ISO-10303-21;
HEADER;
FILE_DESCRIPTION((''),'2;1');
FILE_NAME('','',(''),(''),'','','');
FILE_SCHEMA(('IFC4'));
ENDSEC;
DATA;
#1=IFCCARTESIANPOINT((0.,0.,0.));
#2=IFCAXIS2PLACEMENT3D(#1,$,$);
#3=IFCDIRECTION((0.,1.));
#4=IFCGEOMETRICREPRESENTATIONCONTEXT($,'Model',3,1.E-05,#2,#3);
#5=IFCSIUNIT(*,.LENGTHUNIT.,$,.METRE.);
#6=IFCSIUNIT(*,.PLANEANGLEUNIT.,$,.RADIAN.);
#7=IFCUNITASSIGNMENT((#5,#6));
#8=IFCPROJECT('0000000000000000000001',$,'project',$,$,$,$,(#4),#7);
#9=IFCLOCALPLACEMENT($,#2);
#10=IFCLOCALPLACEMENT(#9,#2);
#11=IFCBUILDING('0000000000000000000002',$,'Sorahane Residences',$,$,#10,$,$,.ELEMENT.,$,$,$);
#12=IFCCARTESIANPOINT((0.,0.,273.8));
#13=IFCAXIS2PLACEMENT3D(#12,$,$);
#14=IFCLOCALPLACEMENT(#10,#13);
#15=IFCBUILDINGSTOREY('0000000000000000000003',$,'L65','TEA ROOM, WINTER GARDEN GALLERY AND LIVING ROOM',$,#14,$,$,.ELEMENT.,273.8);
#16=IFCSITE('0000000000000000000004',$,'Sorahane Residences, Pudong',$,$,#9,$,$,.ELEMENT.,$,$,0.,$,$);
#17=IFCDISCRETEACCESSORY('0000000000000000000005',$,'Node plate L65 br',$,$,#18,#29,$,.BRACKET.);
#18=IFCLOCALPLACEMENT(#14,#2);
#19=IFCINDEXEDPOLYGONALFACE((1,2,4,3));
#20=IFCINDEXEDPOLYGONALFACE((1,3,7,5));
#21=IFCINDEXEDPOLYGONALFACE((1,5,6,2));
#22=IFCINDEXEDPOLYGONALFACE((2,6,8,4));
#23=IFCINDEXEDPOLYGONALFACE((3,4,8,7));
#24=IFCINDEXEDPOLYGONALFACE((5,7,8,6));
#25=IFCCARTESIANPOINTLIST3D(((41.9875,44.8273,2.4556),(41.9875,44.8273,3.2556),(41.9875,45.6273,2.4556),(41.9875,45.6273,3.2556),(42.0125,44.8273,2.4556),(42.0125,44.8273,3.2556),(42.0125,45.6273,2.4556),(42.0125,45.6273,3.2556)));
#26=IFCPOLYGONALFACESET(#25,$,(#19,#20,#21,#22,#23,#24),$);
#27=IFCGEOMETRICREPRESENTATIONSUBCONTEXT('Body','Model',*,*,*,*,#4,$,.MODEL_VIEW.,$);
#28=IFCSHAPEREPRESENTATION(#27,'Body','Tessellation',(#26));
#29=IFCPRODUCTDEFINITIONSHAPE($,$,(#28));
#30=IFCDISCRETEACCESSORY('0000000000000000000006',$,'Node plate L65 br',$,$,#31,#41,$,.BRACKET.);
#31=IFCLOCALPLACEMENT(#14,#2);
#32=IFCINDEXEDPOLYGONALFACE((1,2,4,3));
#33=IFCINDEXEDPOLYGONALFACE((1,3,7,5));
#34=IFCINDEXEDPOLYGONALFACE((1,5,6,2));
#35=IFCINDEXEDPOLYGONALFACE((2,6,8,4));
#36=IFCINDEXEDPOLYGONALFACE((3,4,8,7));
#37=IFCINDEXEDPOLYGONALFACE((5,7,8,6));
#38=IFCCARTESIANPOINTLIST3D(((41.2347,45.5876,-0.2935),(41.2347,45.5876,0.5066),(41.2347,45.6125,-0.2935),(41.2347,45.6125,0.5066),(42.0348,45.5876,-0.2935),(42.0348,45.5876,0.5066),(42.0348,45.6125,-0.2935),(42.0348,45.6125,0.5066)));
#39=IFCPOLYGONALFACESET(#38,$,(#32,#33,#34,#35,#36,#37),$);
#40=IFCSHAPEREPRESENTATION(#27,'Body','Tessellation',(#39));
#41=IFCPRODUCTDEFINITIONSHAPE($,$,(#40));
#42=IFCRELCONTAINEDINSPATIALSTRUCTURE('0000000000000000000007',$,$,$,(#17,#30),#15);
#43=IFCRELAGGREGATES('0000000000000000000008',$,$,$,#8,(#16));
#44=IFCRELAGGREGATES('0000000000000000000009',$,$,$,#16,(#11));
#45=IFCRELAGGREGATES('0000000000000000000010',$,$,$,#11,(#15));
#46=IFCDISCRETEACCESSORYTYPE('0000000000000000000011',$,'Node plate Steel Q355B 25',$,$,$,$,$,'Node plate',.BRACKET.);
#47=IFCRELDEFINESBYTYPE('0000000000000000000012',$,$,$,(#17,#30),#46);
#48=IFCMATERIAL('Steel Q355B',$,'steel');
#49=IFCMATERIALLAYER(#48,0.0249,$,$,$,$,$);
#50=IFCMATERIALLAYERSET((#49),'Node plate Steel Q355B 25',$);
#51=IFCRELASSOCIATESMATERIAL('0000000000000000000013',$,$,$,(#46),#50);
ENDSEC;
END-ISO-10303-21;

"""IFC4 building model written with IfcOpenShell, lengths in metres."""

from ifc_helpers import new_model, si_unit, direction, frame, origin, origin_2d, place, context, subcontext, project, spatial, rectangle, extrude, material, layer, layer_set, type_object, element, save


model = new_model("IFC4")

# Units and contexts
model_context = context("Model", 3, precision=1e-05, world=origin(), true_north=direction((0.0, 1.0)))
body_context = subcontext(model_context, "Body", "Model", "MODEL_VIEW")
ifc_project = project(units=[si_unit("LENGTHUNIT", "METRE"), si_unit("PLANEANGLEUNIT", "RADIAN")], contexts=[model_context])

# Site, building, storey
site_placement = place(None, origin())
site = spatial("IfcSite", under=ifc_project, at=site_placement, Name="Sorahane Residences, Pudong", CompositionType="ELEMENT", RefElevation=0.0)
building_placement = place(site_placement, origin())
building = spatial("IfcBuilding", under=site, at=building_placement, Name="Sorahane Residences", CompositionType="ELEMENT")
storey_placement = place(building_placement, frame((0.0, 0.0, 273.8)))
storey = spatial("IfcBuildingStorey", under=building, at=storey_placement, Name="L65", Description="TEA ROOM, WINTER GARDEN GALLERY AND LIVING ROOM", CompositionType="ELEMENT", Elevation=273.8)

# Discrete accessories
ifc_material_1 = material(Name="Steel Q355B", Category="steel")
ifc_layer_1 = layer(ifc_material_1, 0.0249)
ifc_layer_set_1 = layer_set([ifc_layer_1], Name="Node plate Steel Q355B 25")
discrete_accessory_type = type_object("IfcDiscreteAccessoryType", Name="Node plate Steel Q355B 25", ElementType="Node plate", PredefinedType="BRACKET", material=ifc_layer_set_1)
for number, where, z_axis, x_axis, name in (
    (1, (42.0, 45.2273, 2.4556), (0.0, 0.0, 1.0), (0.0, 1.0, 0.0), "Node plate L65 br"),
    (2, (41.6348, 45.6001, -0.2935), (0.0, 0.0, 1.0), (1.0, 0.0, 0.0), "Node plate L65 br"),
):
    element("IfcDiscreteAccessory", number, at=place(storey_placement, frame(where, z_axis=z_axis, x_axis=x_axis)), inside=storey, type_object=discrete_accessory_type, Name=name, PredefinedType="BRACKET", context=body_context, shape_type="SweptSolid", body=[
        extrude(rectangle(XDim=0.8, YDim=0.0249, at=origin_2d()), origin(), (0.0, 0.0, 1.0), 0.8),
    ])

save(model, "model.ifc")
